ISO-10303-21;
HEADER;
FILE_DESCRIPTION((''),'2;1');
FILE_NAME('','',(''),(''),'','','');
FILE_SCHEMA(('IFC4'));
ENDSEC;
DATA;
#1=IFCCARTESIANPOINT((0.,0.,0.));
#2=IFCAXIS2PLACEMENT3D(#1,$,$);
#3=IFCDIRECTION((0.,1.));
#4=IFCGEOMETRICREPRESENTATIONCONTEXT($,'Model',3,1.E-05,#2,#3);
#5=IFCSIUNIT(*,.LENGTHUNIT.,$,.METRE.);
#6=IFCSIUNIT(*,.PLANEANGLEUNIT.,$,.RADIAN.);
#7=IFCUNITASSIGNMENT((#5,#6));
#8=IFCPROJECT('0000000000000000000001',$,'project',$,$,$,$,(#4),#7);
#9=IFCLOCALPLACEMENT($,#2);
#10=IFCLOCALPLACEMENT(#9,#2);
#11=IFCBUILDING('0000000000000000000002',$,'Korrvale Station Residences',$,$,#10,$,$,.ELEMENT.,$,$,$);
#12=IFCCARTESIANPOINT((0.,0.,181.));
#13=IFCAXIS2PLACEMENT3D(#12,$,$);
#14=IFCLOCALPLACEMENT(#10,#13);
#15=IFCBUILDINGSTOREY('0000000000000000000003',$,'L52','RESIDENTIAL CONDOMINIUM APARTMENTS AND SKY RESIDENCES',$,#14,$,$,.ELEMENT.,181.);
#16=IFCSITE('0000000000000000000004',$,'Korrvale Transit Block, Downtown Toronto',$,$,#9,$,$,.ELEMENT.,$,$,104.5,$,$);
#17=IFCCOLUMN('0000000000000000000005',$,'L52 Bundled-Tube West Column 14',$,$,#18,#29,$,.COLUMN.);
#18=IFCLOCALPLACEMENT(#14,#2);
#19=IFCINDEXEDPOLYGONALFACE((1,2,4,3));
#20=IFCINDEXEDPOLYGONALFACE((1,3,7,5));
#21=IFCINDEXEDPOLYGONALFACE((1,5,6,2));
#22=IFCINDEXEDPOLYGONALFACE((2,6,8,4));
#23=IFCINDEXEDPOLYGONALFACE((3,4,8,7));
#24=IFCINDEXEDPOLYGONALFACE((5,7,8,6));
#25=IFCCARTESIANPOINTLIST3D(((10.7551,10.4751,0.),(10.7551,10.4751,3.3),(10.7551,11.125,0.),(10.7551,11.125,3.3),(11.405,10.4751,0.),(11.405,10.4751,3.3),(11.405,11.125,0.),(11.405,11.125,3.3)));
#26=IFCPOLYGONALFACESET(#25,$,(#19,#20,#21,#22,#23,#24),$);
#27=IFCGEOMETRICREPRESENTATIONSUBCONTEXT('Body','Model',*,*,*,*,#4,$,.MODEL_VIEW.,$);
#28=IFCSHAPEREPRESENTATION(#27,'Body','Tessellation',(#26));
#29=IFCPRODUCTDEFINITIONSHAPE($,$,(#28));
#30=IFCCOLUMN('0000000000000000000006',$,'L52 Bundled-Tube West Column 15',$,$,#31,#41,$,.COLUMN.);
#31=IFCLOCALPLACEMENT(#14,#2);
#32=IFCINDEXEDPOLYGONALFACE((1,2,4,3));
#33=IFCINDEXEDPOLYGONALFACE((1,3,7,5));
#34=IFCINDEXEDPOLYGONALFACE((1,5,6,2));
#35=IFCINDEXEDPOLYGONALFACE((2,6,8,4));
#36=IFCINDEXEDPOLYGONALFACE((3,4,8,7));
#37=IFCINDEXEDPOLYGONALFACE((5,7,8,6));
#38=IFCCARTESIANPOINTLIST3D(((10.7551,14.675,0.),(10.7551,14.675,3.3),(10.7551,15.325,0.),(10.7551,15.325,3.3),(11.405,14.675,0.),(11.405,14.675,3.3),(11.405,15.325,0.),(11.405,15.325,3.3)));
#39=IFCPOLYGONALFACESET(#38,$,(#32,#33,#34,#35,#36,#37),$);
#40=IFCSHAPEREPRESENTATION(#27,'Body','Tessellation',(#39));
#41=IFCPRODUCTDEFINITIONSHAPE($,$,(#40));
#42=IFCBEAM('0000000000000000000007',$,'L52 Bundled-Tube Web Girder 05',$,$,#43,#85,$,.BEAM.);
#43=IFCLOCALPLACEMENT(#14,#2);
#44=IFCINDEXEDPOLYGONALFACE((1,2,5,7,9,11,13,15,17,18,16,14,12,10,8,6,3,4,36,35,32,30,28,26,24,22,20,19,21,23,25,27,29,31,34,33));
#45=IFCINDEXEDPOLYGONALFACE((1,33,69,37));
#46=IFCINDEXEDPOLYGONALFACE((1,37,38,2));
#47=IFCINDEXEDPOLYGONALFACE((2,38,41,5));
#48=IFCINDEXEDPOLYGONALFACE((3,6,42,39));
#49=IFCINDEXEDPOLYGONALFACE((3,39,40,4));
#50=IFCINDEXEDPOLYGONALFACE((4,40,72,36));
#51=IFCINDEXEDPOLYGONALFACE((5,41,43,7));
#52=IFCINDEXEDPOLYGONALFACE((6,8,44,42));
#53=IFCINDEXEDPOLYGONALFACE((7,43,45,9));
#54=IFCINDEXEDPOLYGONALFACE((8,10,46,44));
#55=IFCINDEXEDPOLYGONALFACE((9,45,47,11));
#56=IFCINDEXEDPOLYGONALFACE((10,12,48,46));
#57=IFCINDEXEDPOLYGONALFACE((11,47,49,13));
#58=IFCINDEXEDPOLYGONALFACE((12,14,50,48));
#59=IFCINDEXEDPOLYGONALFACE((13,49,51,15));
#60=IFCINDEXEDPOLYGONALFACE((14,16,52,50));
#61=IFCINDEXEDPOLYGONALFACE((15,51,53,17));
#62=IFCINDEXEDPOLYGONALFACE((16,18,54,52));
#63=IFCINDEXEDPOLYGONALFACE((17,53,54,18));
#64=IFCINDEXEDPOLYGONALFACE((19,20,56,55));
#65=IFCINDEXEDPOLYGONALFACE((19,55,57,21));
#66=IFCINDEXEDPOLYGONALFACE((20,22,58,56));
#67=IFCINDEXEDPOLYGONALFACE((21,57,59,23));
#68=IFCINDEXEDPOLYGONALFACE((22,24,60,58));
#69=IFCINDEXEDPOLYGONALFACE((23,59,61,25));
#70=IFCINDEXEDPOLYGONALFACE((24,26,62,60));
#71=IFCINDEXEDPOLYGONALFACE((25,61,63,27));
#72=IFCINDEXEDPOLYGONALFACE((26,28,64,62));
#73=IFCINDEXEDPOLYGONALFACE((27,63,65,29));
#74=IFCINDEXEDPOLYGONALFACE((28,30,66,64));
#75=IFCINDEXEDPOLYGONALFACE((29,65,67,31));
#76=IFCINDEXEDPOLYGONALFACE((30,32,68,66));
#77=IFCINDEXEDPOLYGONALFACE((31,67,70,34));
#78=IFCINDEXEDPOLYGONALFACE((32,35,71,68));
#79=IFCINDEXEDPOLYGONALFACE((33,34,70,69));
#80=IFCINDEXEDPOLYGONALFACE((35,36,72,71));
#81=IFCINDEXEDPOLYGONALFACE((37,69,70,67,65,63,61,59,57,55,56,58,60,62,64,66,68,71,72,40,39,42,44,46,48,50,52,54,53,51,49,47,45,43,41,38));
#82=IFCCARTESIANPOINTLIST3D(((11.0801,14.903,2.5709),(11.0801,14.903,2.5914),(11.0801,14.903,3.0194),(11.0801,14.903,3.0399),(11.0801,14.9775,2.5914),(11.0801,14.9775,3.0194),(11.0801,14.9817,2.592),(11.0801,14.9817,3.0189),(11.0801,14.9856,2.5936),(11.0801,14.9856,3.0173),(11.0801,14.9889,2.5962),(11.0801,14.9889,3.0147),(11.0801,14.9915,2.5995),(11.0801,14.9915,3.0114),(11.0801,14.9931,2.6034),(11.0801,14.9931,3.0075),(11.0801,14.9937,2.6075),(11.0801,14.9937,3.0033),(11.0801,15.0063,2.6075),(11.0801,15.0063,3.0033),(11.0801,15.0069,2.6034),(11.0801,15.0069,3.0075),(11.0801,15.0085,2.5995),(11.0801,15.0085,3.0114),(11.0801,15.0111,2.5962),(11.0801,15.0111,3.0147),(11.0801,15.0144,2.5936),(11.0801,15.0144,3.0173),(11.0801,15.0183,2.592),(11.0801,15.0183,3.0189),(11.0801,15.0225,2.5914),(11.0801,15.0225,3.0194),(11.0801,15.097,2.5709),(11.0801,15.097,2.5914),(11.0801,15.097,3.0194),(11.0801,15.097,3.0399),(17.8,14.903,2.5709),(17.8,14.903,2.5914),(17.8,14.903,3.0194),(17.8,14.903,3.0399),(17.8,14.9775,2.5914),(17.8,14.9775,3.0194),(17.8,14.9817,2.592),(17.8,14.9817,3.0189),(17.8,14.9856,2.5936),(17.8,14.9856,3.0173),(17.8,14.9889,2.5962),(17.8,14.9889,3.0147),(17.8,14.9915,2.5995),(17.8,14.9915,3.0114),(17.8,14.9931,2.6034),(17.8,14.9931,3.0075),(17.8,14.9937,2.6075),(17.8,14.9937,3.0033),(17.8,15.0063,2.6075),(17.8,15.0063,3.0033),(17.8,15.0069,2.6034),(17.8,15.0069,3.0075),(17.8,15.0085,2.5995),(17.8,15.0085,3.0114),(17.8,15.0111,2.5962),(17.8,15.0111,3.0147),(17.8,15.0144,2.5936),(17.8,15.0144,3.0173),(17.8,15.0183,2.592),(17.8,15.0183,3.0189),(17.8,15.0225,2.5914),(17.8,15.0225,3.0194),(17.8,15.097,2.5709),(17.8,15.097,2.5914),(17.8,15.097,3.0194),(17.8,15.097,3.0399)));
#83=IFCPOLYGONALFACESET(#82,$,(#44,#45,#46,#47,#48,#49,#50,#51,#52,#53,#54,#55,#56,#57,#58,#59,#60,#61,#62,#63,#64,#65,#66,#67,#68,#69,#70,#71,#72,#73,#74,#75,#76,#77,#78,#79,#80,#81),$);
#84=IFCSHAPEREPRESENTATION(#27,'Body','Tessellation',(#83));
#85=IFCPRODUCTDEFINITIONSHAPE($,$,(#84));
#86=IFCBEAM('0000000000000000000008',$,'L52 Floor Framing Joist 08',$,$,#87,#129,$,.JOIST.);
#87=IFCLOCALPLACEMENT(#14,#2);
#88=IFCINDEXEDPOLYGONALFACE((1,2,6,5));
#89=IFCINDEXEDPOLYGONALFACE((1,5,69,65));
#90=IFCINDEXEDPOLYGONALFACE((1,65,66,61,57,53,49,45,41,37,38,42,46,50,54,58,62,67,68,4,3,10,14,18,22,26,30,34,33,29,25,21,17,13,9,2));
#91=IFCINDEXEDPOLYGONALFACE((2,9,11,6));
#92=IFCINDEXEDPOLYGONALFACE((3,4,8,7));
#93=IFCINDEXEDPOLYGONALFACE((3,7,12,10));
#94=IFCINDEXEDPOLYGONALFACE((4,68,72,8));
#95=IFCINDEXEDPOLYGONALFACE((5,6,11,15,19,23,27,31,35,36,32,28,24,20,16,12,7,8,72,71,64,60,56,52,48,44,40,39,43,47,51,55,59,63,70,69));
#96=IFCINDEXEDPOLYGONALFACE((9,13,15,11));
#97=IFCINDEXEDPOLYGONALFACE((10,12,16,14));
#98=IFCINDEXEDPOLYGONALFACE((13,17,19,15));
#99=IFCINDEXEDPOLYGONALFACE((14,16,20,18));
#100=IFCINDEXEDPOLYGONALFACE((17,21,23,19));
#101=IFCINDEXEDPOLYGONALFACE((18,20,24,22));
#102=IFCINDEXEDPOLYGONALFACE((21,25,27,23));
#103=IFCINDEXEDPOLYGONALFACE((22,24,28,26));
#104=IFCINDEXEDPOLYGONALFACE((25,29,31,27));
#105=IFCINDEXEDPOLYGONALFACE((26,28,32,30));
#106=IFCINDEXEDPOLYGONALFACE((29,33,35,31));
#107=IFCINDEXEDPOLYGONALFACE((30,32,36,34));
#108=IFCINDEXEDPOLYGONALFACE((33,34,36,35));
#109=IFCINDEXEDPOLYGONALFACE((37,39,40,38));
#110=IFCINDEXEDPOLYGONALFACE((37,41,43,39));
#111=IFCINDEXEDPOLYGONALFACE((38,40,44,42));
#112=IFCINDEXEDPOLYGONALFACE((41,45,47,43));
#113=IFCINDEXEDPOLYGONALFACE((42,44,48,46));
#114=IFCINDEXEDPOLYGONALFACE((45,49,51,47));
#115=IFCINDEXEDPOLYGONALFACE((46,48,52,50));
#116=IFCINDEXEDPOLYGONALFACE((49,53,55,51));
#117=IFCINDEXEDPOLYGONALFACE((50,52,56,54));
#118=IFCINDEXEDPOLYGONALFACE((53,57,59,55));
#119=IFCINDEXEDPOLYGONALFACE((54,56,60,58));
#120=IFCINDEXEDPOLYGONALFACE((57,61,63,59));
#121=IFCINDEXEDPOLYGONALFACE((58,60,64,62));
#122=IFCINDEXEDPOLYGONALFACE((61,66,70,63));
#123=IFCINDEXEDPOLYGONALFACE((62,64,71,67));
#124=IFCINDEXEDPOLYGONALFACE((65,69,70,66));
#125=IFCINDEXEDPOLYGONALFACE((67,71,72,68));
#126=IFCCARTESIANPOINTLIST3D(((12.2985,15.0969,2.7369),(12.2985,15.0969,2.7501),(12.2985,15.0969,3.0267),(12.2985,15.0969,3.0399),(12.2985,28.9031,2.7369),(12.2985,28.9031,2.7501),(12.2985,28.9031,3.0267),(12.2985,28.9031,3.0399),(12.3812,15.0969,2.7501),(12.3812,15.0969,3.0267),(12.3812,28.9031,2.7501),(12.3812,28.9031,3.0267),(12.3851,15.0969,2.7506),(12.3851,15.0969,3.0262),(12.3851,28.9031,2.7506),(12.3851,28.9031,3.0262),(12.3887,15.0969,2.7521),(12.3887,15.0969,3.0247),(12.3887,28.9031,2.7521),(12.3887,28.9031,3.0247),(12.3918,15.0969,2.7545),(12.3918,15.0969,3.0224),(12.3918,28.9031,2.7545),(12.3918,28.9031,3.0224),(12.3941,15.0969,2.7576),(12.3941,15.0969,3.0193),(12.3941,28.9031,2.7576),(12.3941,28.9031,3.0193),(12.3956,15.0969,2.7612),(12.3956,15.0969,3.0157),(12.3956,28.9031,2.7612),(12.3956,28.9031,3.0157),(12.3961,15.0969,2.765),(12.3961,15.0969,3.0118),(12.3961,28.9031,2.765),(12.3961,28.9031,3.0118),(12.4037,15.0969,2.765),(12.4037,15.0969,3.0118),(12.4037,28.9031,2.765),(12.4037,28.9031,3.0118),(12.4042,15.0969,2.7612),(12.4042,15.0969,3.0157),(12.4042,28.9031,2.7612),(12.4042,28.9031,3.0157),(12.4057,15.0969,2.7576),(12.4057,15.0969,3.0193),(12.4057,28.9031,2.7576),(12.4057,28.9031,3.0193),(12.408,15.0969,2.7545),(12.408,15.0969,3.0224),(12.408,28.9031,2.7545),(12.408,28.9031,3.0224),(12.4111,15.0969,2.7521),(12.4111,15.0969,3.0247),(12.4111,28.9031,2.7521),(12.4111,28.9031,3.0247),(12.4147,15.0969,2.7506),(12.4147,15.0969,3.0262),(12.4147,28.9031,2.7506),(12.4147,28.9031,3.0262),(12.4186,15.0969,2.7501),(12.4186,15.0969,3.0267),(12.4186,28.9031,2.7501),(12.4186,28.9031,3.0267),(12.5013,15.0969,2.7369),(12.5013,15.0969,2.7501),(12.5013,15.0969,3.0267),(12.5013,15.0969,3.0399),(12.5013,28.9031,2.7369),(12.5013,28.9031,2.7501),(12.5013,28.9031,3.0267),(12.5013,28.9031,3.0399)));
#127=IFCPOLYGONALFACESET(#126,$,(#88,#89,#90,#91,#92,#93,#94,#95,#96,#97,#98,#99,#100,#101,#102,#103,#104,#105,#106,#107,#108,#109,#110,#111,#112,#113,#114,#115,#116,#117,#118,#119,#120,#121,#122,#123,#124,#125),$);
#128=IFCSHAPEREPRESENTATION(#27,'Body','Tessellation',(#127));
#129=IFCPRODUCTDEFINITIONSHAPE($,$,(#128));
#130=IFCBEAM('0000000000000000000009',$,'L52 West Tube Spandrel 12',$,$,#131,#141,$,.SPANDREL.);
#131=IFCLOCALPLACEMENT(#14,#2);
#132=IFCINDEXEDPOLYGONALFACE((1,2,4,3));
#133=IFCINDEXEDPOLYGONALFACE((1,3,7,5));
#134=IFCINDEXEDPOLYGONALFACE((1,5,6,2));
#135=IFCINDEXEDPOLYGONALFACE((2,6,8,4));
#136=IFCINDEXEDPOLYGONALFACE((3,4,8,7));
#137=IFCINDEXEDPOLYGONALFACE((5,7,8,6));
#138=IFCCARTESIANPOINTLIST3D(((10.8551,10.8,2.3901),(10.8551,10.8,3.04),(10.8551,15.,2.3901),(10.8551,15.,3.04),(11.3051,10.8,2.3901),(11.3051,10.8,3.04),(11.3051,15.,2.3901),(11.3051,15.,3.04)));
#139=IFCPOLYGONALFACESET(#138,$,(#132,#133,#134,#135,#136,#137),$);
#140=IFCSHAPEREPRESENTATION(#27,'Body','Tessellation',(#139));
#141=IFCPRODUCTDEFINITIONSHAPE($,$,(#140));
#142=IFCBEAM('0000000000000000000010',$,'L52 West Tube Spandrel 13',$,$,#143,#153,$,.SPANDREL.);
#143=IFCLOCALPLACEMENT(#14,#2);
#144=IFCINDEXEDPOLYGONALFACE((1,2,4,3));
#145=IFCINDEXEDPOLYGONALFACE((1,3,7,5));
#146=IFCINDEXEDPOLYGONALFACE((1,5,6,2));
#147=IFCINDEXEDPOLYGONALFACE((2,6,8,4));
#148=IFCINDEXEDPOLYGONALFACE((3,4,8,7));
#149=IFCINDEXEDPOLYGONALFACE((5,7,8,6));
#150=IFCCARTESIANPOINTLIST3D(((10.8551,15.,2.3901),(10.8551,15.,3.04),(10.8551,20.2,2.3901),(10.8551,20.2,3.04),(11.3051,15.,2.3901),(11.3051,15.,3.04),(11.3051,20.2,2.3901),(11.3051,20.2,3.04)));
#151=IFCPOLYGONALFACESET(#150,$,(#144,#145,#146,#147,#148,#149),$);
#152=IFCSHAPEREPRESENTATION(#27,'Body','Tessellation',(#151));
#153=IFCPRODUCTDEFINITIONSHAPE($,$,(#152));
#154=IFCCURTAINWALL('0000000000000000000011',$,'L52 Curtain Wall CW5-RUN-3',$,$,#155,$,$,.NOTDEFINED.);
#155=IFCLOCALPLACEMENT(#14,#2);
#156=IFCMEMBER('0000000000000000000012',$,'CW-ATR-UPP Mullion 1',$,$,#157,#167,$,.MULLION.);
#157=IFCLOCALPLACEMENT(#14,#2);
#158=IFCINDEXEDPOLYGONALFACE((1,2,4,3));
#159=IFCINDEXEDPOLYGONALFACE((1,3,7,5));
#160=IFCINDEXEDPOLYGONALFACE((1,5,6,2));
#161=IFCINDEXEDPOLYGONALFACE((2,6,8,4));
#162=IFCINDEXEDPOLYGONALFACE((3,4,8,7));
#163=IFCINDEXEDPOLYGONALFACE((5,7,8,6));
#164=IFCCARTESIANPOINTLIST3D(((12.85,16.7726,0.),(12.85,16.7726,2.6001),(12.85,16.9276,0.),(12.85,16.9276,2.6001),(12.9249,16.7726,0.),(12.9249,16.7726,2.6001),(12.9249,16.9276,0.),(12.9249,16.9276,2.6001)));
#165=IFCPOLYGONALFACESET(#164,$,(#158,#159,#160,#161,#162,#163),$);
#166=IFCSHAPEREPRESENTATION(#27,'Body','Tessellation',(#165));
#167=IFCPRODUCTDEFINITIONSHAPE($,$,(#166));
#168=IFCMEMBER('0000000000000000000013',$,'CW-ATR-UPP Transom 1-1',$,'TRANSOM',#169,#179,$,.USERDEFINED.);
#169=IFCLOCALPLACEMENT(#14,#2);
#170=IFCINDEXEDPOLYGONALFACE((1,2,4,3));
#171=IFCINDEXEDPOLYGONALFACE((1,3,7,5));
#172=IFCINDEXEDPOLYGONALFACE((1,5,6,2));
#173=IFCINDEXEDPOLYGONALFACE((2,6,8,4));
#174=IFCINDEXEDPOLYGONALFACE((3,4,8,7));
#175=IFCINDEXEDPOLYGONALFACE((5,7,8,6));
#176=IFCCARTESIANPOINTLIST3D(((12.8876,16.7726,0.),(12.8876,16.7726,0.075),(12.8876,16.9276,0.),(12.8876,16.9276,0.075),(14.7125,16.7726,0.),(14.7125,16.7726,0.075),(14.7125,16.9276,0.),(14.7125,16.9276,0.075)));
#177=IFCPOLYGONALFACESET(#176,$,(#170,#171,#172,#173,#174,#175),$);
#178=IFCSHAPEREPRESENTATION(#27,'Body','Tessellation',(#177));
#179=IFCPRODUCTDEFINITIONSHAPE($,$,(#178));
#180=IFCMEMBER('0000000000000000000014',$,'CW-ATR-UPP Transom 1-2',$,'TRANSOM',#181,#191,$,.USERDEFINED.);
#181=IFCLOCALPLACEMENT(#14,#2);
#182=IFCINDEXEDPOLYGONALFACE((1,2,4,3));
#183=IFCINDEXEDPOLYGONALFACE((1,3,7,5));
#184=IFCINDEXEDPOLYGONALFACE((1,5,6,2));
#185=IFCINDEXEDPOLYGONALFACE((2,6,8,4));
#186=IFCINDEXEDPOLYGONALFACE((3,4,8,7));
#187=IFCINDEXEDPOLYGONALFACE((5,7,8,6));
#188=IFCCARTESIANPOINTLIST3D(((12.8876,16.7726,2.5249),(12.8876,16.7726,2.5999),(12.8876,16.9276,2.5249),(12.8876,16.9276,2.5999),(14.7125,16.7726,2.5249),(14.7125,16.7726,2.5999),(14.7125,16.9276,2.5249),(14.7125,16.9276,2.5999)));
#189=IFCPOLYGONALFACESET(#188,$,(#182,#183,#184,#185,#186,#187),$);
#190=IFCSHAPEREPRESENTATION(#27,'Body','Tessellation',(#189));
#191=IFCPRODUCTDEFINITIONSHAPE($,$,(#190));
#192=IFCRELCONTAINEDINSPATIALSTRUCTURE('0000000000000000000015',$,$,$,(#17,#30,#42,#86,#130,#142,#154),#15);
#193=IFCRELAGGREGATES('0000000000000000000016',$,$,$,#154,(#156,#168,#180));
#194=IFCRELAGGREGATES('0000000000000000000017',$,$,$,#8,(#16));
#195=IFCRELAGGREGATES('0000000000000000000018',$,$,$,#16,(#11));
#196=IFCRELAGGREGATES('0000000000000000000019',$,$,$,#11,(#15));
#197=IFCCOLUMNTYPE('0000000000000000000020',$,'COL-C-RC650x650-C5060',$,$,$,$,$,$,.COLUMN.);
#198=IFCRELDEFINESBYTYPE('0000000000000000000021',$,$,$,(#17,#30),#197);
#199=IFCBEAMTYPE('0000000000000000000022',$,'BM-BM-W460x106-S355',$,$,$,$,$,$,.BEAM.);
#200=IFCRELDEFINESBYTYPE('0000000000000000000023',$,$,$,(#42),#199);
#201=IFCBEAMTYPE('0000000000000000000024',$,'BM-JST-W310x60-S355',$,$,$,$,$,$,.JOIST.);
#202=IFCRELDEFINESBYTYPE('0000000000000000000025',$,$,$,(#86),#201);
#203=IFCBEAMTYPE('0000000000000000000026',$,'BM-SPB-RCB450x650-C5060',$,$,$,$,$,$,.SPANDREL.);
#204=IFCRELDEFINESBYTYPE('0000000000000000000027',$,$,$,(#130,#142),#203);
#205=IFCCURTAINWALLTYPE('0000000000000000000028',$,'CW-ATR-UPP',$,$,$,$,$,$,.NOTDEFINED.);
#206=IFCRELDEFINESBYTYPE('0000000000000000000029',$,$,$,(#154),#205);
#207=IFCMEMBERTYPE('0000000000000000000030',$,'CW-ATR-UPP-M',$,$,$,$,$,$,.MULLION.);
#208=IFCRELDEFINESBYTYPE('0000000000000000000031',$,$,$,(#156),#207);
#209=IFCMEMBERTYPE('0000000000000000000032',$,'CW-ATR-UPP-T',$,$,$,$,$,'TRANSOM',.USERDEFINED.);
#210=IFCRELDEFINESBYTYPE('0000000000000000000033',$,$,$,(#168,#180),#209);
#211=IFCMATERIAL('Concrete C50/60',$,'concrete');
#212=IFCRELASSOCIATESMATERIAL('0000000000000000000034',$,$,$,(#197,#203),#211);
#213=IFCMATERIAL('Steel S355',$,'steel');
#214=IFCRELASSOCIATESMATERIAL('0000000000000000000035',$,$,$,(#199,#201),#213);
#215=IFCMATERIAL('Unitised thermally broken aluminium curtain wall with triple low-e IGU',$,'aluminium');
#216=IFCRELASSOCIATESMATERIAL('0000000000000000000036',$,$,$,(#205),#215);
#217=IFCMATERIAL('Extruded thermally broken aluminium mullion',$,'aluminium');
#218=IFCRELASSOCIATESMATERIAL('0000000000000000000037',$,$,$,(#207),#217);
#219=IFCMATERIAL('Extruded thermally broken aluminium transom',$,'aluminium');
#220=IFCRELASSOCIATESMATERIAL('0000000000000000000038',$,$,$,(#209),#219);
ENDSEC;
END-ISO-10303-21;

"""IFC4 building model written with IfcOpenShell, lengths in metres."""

from ifc_helpers import new_model, si_unit, direction, frame, origin, origin_2d, place, context, subcontext, project, spatial, rectangle, i_section, extrude, material, material_profile, profile_set, type_object, element, aggregate, save


model = new_model("IFC4")

# Units and contexts
model_context = context("Model", 3, precision=1e-05, world=origin(), true_north=direction((0.0, 1.0)))
body_context = subcontext(model_context, "Body", "Model", "MODEL_VIEW")
ifc_project = project(units=[si_unit("LENGTHUNIT", "METRE"), si_unit("PLANEANGLEUNIT", "RADIAN")], contexts=[model_context])

# Site, building, storey
site_placement = place(None, origin())
site = spatial("IfcSite", under=ifc_project, at=site_placement, Name="Korrvale Transit Block, Downtown Toronto", CompositionType="ELEMENT", RefElevation=104.5)
building_placement = place(site_placement, origin())
building = spatial("IfcBuilding", under=site, at=building_placement, Name="Korrvale Station Residences", CompositionType="ELEMENT")
storey_placement = place(building_placement, frame((0.0, 0.0, 181.0)))
storey = spatial("IfcBuildingStorey", under=building, at=storey_placement, Name="L52", Description="RESIDENTIAL CONDOMINIUM APARTMENTS AND SKY RESIDENCES", CompositionType="ELEMENT", Elevation=181.0)

# Columns
ifc_material_1 = material(Name="Concrete C50/60", Category="concrete")
ifc_material_profile_1 = material_profile(ifc_material_1, rectangle(XDim=0.6499, YDim=0.6499, at=origin_2d()), Name="RC650x650")
ifc_profile_set_1 = profile_set([ifc_material_profile_1], Name="Concrete C50/60")
column_type = type_object("IfcColumnType", Name="COL-C-RC650x650-C5060", PredefinedType="COLUMN", material=ifc_profile_set_1)
for number, where, z_axis, x_axis, name in (
    (1, (11.0801, 10.8, 0.0), (0.0, 0.0, 1.0), (1.0, 0.0, 0.0), "L52 Bundled-Tube West Column 14"),
    (2, (11.0801, 15.0, 0.0), (0.0, 0.0, 1.0), (1.0, 0.0, 0.0), "L52 Bundled-Tube West Column 15"),
):
    element("IfcColumn", number, at=place(storey_placement, frame(where, z_axis=z_axis, x_axis=x_axis)), inside=storey, type_object=column_type, Name=name, PredefinedType="COLUMN", context=body_context, shape_type="SweptSolid", body=[
        extrude(rectangle(XDim=0.6499, YDim=0.6499, at=origin_2d()), origin(), (0.0, 0.0, 1.0), 3.3),
    ])

# Beams
ifc_material_2 = material(Name="Steel S355", Category="steel")
ifc_material_profile_2 = material_profile(ifc_material_2, i_section(OverallWidth=0.1941, OverallDepth=0.469, WebThickness=0.0127, FlangeThickness=0.0205, FilletRadius=0.0161, at=origin_2d()), Name="W460x106")
ifc_profile_set_2 = profile_set([ifc_material_profile_2], Name="Steel S355")
beam_type_1 = type_object("IfcBeamType", Name="BM-BM-W460x106-S355", PredefinedType="BEAM", material=ifc_profile_set_2)
beam_1_placement = place(storey_placement, frame((11.0801, 15.0, 2.8054), z_axis=(1.0, 0.0, 0.0), x_axis=(0.0, 1.0, 0.0)))
element("IfcBeam", 3, at=beam_1_placement, inside=storey, type_object=beam_type_1, Name="L52 Bundled-Tube Web Girder 05", PredefinedType="BEAM", context=body_context, shape_type="SweptSolid", body=[
    extrude(i_section(OverallWidth=0.1941, OverallDepth=0.469, WebThickness=0.0127, FlangeThickness=0.0205, FilletRadius=0.0161, at=origin_2d()), origin(), (0.0, 0.0, 1.0), 6.72),
])
ifc_material_profile_3 = material_profile(ifc_material_2, i_section(OverallWidth=0.2029, OverallDepth=0.303, WebThickness=0.0076, FlangeThickness=0.0132, FilletRadius=0.0149, at=origin_2d()), Name="W310x60")
ifc_profile_set_3 = profile_set([ifc_material_profile_3], Name="Steel S355")
beam_type_2 = type_object("IfcBeamType", Name="BM-JST-W310x60-S355", PredefinedType="JOIST", material=ifc_profile_set_3)
beam_2_placement = place(storey_placement, frame((12.3999, 15.0969, 2.8884), z_axis=(0.0, 1.0, 0.0), x_axis=(-1.0, 0.0, 0.0)))
element("IfcBeam", 4, at=beam_2_placement, inside=storey, type_object=beam_type_2, Name="L52 Floor Framing Joist 08", PredefinedType="JOIST", context=body_context, shape_type="SweptSolid", body=[
    extrude(i_section(OverallWidth=0.2029, OverallDepth=0.303, WebThickness=0.0076, FlangeThickness=0.0132, FilletRadius=0.0149, at=origin_2d()), origin(), (0.0, 0.0, 1.0), 13.8062),
])
ifc_material_profile_4 = material_profile(ifc_material_1, rectangle(XDim=0.45, YDim=0.6499, at=origin_2d()), Name="RCB450x650")
ifc_profile_set_4 = profile_set([ifc_material_profile_4], Name="Concrete C50/60")
beam_type_3 = type_object("IfcBeamType", Name="BM-SPB-RCB450x650-C5060", PredefinedType="SPANDREL", material=ifc_profile_set_4)
beam_3_placement = place(storey_placement, frame((11.0801, 10.8, 2.7151), z_axis=(0.0, 1.0, 0.0), x_axis=(-1.0, 0.0, 0.0)))
element("IfcBeam", 5, at=beam_3_placement, inside=storey, type_object=beam_type_3, Name="L52 West Tube Spandrel 12", PredefinedType="SPANDREL", context=body_context, shape_type="SweptSolid", body=[
    extrude(rectangle(XDim=0.45, YDim=0.6499, at=origin_2d()), origin(), (0.0, 0.0, 1.0), 4.2),
])
beam_4_placement = place(storey_placement, frame((11.0801, 15.0, 2.7151), z_axis=(0.0, 1.0, 0.0), x_axis=(-1.0, 0.0, 0.0)))
element("IfcBeam", 6, at=beam_4_placement, inside=storey, type_object=beam_type_3, Name="L52 West Tube Spandrel 13", PredefinedType="SPANDREL", context=body_context, shape_type="SweptSolid", body=[
    extrude(rectangle(XDim=0.45, YDim=0.6499, at=origin_2d()), origin(), (0.0, 0.0, 1.0), 5.2),
])

# Curtain wall, members
ifc_material_3 = material(Name="Unitised thermally broken aluminium curtain wall with triple low-e IGU", Category="aluminium")
curtain_wall_type = type_object("IfcCurtainWallType", Name="CW-ATR-UPP", PredefinedType="NOTDEFINED", material=ifc_material_3)
curtain_wall_placement = place(storey_placement, origin())
curtain_wall = element("IfcCurtainWall", 7, at=curtain_wall_placement, inside=storey, type_object=curtain_wall_type, Name="L52 Curtain Wall CW5-RUN-3", PredefinedType="NOTDEFINED")
ifc_material_4 = material(Name="Extruded thermally broken aluminium mullion", Category="aluminium")
member_type_1 = type_object("IfcMemberType", Name="CW-ATR-UPP-M", PredefinedType="MULLION", material=ifc_material_4)
member_1_placement = place(storey_placement, frame((12.8875, 16.8501, 0.0), z_axis=(0.0, 0.0, 1.0), x_axis=(1.0, 0.0, 0.0)))
member_1 = element("IfcMember", 8, at=member_1_placement, type_object=member_type_1, Name="CW-ATR-UPP Mullion 1", PredefinedType="MULLION", context=body_context, shape_type="SweptSolid", body=[
    extrude(rectangle(XDim=0.075, YDim=0.155, at=origin_2d()), origin(), (0.0, 0.0, 1.0), 2.6001),
])
ifc_material_5 = material(Name="Extruded thermally broken aluminium transom", Category="aluminium")
member_type_2 = type_object("IfcMemberType", Name="CW-ATR-UPP-T", ElementType="TRANSOM", PredefinedType="USERDEFINED", material=ifc_material_5)
member_2_placement = place(storey_placement, frame((13.8, 16.8501, 0.0), z_axis=(0.0, 0.0, 1.0), x_axis=(1.0, 0.0, 0.0)))
member_2 = element("IfcMember", 9, at=member_2_placement, type_object=member_type_2, Name="CW-ATR-UPP Transom 1-1", ObjectType="TRANSOM", PredefinedType="USERDEFINED", context=body_context, shape_type="SweptSolid", body=[
    extrude(rectangle(XDim=1.825, YDim=0.155, at=origin_2d()), origin(), (0.0, 0.0, 1.0), 0.075),
])
member_3_placement = place(storey_placement, frame((13.8, 16.8501, 2.5249), z_axis=(0.0, 0.0, 1.0), x_axis=(1.0, 0.0, 0.0)))
member_3 = element("IfcMember", 10, at=member_3_placement, type_object=member_type_2, Name="CW-ATR-UPP Transom 1-2", ObjectType="TRANSOM", PredefinedType="USERDEFINED", context=body_context, shape_type="SweptSolid", body=[
    extrude(rectangle(XDim=1.825, YDim=0.155, at=origin_2d()), origin(), (0.0, 0.0, 1.0), 0.075),
])
aggregate(curtain_wall, [member_1, member_2, member_3])

save(model, "model.ifc")
